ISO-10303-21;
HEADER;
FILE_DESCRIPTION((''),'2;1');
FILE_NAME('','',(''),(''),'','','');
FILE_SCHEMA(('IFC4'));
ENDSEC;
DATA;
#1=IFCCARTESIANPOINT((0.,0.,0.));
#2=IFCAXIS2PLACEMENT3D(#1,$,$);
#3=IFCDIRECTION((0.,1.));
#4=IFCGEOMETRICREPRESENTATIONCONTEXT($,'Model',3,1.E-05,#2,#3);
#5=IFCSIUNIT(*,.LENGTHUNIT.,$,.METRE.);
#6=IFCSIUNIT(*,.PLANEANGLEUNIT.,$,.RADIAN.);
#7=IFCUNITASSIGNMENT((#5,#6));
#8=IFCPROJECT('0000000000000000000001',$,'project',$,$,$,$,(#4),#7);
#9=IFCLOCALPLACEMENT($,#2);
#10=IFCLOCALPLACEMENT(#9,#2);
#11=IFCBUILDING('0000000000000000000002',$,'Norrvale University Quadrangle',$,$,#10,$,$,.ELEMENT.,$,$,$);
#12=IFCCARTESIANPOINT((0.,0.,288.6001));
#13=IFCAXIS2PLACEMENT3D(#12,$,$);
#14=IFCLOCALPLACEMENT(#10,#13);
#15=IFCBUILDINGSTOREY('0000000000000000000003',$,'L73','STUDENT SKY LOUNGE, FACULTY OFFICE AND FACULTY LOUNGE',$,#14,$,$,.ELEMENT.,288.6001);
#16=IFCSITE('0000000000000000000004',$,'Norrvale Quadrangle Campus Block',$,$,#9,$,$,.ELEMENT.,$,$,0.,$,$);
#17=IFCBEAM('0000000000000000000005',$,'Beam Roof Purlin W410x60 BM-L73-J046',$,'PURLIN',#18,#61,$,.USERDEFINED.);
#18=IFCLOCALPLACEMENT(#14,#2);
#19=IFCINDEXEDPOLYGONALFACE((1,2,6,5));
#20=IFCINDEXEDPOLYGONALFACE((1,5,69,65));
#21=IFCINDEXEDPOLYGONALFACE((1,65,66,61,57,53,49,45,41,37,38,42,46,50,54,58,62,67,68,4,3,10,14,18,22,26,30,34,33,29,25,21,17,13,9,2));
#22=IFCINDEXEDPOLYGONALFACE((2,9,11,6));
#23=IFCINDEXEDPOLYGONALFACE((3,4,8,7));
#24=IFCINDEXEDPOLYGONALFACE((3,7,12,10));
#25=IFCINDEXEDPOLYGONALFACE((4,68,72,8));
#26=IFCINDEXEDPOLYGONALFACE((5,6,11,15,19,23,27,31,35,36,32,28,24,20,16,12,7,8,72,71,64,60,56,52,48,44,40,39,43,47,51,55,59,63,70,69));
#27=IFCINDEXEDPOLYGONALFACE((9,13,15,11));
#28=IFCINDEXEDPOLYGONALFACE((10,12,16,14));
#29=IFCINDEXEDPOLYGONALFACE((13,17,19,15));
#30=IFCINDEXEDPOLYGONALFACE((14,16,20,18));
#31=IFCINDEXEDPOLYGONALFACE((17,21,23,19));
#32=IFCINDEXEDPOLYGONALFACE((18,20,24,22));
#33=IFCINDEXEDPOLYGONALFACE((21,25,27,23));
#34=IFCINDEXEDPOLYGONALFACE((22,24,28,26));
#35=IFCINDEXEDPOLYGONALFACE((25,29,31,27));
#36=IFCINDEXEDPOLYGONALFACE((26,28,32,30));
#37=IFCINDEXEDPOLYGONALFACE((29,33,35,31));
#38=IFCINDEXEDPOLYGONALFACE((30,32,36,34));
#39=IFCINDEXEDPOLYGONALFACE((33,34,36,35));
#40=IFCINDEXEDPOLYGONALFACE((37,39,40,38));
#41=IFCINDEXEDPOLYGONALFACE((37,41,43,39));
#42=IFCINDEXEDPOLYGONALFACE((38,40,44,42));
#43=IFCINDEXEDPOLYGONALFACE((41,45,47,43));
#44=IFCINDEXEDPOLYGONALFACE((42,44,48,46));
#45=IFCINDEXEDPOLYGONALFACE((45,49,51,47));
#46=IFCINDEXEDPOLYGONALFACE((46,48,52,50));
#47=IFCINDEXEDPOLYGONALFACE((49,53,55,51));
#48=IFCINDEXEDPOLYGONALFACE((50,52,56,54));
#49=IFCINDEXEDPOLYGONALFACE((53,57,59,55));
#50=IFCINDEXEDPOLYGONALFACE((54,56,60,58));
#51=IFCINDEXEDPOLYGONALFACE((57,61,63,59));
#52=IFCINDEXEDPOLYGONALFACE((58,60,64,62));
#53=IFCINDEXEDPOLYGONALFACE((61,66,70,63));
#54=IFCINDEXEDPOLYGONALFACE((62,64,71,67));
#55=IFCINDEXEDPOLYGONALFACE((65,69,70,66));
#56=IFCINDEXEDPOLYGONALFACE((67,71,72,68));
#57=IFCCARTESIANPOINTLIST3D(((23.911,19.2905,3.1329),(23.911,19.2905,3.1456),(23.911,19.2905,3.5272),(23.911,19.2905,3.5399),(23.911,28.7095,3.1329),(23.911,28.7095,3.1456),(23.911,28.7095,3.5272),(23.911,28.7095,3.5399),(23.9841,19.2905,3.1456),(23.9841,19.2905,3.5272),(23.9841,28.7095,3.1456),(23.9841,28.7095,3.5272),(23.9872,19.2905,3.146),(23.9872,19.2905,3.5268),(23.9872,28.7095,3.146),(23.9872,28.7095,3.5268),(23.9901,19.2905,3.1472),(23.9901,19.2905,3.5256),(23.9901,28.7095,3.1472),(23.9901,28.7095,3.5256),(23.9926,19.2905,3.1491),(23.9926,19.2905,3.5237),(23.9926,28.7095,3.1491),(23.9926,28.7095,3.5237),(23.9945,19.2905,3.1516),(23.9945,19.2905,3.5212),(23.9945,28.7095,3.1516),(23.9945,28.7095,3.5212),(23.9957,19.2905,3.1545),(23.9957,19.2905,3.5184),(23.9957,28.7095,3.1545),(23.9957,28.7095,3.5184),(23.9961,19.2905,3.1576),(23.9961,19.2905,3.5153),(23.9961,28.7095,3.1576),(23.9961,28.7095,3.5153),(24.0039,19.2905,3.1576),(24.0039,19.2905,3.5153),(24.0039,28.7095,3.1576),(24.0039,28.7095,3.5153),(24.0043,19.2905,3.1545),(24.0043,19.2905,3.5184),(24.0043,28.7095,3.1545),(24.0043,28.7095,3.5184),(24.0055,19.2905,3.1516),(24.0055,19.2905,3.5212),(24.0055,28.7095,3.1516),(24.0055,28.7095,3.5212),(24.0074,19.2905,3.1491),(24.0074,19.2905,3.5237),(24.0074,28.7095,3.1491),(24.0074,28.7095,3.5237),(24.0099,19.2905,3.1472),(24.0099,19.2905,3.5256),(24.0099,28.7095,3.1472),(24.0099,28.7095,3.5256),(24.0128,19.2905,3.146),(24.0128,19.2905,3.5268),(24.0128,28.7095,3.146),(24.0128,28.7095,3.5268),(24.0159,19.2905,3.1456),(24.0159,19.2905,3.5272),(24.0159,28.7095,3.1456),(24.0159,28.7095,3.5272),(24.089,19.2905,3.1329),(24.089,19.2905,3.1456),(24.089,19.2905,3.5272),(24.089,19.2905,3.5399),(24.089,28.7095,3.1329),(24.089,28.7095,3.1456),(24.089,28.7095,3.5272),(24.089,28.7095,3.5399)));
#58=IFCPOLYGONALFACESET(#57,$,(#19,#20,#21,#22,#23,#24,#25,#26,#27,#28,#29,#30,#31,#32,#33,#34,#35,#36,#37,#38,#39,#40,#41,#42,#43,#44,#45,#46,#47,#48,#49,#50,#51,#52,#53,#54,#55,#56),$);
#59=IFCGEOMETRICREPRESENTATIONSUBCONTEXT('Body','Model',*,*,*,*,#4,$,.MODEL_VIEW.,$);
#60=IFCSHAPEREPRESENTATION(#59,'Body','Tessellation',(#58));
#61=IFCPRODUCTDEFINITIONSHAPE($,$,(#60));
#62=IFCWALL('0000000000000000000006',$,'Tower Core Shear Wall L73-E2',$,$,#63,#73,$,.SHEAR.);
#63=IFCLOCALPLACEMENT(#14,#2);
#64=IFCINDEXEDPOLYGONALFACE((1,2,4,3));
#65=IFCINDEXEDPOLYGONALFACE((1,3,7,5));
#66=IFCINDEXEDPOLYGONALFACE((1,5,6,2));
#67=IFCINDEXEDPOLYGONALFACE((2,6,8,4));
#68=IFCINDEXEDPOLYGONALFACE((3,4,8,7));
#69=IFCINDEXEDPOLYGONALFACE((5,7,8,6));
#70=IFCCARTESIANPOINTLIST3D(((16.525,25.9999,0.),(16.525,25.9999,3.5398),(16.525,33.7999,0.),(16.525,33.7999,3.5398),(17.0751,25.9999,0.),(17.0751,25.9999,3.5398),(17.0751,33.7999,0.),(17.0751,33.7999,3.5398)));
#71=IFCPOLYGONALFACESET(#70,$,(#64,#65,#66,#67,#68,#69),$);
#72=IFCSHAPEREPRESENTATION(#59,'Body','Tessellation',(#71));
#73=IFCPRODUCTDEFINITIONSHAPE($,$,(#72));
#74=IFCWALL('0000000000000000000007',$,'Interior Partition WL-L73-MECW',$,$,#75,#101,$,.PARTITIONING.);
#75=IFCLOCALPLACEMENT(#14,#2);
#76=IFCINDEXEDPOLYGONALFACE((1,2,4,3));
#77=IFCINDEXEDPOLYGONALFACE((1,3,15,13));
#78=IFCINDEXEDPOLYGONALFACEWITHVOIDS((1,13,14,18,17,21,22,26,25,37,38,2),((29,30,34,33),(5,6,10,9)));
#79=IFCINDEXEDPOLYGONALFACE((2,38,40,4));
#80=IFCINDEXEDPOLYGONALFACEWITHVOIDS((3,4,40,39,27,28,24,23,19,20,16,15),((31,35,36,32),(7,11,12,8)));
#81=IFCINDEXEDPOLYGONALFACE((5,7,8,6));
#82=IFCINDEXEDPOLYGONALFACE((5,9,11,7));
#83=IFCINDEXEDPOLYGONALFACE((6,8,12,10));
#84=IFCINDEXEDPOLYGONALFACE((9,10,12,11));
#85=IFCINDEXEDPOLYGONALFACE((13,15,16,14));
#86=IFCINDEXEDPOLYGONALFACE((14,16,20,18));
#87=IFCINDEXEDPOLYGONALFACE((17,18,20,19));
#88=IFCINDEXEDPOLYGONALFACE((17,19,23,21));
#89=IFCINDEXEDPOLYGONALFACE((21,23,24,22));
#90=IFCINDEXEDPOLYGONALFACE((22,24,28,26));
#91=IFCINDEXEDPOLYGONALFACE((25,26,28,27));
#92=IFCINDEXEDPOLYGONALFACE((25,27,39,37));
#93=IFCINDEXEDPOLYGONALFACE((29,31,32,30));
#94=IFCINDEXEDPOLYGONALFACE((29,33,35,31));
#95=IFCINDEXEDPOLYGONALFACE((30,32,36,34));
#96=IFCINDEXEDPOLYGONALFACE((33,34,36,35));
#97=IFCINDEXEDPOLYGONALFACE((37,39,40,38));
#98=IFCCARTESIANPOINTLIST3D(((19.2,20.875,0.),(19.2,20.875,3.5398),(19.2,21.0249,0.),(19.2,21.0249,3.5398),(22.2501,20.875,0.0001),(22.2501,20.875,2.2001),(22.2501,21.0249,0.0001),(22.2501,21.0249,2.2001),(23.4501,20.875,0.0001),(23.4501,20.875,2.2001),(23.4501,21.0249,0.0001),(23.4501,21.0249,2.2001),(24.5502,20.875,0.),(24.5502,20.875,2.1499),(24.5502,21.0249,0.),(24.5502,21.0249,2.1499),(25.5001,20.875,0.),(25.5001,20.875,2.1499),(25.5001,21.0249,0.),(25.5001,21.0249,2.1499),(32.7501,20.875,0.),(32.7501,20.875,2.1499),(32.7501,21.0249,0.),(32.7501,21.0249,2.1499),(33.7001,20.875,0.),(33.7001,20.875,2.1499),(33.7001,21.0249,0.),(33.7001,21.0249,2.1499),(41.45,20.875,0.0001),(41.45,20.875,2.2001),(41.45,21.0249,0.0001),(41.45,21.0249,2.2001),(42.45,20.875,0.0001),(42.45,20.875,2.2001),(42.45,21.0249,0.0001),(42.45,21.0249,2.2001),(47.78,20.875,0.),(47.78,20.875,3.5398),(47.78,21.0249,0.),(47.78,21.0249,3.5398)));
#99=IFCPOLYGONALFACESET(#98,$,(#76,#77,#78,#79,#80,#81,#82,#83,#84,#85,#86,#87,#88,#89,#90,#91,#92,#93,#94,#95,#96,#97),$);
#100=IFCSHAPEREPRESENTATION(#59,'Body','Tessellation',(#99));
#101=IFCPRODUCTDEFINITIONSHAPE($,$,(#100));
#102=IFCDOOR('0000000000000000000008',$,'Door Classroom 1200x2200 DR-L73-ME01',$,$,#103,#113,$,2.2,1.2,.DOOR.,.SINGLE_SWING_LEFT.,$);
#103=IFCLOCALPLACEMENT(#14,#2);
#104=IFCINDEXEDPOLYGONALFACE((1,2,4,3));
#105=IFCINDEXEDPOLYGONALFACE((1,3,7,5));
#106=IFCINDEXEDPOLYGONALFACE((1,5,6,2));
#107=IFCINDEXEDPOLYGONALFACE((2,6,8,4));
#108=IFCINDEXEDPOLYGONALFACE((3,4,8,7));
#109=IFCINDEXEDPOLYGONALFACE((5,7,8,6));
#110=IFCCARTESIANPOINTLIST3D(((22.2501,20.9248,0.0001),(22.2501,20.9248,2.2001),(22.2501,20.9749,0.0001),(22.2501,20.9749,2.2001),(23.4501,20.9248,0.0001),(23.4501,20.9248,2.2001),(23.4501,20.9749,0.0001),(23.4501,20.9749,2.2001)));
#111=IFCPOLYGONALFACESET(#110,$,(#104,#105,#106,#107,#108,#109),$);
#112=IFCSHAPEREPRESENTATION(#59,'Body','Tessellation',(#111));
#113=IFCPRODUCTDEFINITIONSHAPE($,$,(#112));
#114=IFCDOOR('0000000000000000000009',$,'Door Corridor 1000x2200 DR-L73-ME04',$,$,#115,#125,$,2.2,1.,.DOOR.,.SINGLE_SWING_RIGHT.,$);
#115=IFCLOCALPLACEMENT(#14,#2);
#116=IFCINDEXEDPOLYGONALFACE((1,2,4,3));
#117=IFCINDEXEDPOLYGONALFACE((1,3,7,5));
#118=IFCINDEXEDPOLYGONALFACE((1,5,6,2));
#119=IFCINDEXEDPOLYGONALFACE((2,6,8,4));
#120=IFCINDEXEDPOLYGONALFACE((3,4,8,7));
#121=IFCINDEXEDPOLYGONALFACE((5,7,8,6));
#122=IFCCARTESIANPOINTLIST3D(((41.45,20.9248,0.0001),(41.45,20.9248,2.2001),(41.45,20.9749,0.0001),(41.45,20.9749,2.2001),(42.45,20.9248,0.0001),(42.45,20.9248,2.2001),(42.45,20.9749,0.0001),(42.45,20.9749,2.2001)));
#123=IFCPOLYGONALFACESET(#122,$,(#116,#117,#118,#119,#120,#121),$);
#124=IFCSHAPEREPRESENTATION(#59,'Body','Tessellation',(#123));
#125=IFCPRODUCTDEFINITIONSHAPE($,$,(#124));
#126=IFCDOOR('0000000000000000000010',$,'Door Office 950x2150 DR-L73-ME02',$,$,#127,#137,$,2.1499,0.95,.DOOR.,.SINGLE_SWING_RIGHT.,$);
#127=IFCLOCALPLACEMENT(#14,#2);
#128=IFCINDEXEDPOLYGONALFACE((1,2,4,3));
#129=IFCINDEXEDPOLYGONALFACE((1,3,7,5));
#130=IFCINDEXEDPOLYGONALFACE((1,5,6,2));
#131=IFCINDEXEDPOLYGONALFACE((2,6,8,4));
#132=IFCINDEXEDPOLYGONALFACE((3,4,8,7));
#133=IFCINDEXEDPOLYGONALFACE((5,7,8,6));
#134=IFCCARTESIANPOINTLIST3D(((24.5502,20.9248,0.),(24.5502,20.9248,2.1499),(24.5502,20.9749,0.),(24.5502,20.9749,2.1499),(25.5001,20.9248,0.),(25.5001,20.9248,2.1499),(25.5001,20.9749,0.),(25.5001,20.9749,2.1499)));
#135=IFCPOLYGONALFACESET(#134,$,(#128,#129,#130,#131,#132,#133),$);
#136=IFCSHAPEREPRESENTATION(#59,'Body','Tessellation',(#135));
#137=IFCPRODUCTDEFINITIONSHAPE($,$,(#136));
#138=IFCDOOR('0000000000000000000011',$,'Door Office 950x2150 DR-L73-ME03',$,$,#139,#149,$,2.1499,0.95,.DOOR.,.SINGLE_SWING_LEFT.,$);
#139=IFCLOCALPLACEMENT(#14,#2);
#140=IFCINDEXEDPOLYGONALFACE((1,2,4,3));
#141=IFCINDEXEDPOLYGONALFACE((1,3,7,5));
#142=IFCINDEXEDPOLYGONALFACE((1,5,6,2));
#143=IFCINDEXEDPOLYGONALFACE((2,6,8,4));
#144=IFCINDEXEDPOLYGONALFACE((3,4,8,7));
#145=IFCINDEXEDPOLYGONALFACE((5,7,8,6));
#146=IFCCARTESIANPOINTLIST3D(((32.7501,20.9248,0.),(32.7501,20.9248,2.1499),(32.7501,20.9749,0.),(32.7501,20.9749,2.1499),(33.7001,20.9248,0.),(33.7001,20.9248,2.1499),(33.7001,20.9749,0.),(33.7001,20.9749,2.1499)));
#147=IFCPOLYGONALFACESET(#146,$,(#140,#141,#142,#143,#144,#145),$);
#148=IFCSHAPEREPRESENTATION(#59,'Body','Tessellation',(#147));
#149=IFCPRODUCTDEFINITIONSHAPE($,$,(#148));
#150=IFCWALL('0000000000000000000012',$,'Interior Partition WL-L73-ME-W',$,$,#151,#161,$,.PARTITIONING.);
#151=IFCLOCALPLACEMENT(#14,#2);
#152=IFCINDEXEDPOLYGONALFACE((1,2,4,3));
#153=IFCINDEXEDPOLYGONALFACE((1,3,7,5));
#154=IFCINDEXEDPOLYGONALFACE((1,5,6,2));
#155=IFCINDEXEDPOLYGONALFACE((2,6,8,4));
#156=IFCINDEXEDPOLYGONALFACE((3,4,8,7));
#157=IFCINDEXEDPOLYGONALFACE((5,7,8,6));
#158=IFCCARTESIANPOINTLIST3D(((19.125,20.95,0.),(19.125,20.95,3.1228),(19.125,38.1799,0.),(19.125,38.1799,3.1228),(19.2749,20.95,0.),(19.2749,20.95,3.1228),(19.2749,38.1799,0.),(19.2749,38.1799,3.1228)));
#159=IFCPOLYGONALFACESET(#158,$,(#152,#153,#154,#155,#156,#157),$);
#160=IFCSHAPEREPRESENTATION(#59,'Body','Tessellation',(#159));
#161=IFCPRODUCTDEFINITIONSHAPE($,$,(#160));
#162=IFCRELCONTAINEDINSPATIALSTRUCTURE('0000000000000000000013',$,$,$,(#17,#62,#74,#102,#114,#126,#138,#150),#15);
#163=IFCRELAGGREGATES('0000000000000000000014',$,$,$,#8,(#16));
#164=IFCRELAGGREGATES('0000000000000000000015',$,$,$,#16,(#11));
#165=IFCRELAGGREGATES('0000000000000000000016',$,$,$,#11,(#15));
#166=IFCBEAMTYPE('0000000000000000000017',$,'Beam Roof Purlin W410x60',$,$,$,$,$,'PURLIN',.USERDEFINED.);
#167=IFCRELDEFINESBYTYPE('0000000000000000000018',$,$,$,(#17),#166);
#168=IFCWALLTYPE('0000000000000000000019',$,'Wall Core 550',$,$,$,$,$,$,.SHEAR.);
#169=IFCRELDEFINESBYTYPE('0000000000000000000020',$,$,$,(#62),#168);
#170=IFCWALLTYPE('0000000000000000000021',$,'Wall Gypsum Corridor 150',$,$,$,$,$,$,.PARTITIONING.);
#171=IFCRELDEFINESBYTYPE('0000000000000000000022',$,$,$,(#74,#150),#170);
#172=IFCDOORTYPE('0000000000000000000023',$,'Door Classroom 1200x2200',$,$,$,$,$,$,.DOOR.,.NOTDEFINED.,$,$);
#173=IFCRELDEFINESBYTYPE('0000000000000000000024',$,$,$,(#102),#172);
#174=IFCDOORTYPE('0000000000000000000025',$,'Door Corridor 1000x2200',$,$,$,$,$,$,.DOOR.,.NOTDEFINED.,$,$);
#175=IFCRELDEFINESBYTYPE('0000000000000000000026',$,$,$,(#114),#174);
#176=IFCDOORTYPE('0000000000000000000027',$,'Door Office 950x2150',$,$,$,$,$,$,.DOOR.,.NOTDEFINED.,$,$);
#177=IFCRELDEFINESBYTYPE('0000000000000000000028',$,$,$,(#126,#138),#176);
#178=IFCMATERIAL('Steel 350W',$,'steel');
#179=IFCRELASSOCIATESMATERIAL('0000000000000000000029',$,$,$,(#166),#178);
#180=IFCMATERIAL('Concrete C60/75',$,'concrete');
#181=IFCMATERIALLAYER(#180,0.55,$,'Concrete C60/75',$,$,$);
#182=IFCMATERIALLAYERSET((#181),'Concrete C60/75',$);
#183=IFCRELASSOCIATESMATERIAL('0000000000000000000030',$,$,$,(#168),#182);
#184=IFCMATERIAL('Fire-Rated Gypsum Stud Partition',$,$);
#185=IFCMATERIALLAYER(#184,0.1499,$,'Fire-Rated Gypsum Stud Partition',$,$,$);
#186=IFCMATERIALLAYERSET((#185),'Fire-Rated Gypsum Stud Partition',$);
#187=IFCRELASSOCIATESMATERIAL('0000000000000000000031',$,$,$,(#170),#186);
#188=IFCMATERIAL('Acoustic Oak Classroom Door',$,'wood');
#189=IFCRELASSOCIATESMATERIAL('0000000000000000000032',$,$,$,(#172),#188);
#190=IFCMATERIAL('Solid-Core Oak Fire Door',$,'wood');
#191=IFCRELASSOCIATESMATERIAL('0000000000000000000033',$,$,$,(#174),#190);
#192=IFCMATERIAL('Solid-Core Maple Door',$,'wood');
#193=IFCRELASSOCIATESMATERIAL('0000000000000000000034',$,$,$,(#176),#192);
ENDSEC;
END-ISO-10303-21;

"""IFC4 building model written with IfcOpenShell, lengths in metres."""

from ifc_helpers import new_model, si_unit, direction, frame, frame_2d, origin, origin_2d, place, context, subcontext, project, spatial, rectangle, i_section, extrude, material, layer, layer_set, material_profile, profile_set, type_object, element, fill, save


model = new_model("IFC4")

# Units and contexts
model_context = context("Model", 3, precision=1e-05, world=origin(), true_north=direction((0.0, 1.0)))
body_context = subcontext(model_context, "Body", "Model", "MODEL_VIEW")
ifc_project = project(units=[si_unit("LENGTHUNIT", "METRE"), si_unit("PLANEANGLEUNIT", "RADIAN")], contexts=[model_context])

# Site, building, storey
site_placement = place(None, origin())
site = spatial("IfcSite", under=ifc_project, at=site_placement, Name="Norrvale Quadrangle Campus Block", CompositionType="ELEMENT", RefElevation=0.0)
building_placement = place(site_placement, origin())
building = spatial("IfcBuilding", under=site, at=building_placement, Name="Norrvale University Quadrangle", CompositionType="ELEMENT")
storey_placement = place(building_placement, frame((0.0, 0.0, 288.6001)))
storey = spatial("IfcBuildingStorey", under=building, at=storey_placement, Name="L73", Description="STUDENT SKY LOUNGE, FACULTY OFFICE AND FACULTY LOUNGE", CompositionType="ELEMENT", Elevation=288.6001)

# Shared definitions
ifc_material_1 = material(Name="Concrete C60/75", Category="concrete")

# Beam
ifc_material_2 = material(Name="Steel 350W", Category="steel")
ifc_material_profile_1 = material_profile(ifc_material_2, i_section(OverallWidth=0.178, OverallDepth=0.407, WebThickness=0.0078, FlangeThickness=0.0127, FilletRadius=0.012, at=origin_2d()), Name="Steel 350W")
ifc_profile_set_1 = profile_set([ifc_material_profile_1], Name="Steel 350W")
beam_type_1 = type_object("IfcBeamType", Name="Beam Roof Purlin W410x60", ElementType="PURLIN", PredefinedType="USERDEFINED", material=ifc_profile_set_1)
beam_1_placement = place(storey_placement, frame((24.0, 19.2905, 3.3364), z_axis=(0.0, 1.0, 0.0), x_axis=(-1.0, 0.0, 0.0)))
element("IfcBeam", 1, at=beam_1_placement, inside=storey, type_object=beam_type_1, Name="Beam Roof Purlin W410x60 BM-L73-J046", ObjectType="PURLIN", PredefinedType="USERDEFINED", context=body_context, shape_type="SweptSolid", body=[
    extrude(i_section(OverallWidth=0.178, OverallDepth=0.407, WebThickness=0.0078, FlangeThickness=0.0127, FilletRadius=0.012, at=origin_2d()), origin(), (0.0, 0.0, 1.0), 9.4189),
])

# Wall
ifc_layer_1 = layer(ifc_material_1, 0.55, Name="Concrete C60/75")
ifc_layer_set_1 = layer_set([ifc_layer_1], Name="Concrete C60/75")
wall_type_1 = type_object("IfcWallType", Name="Wall Core 550", PredefinedType="SHEAR", material=ifc_layer_set_1)
wall_1_placement = place(storey_placement, frame((16.8, 26.0, 0.0), z_axis=(0.0, 0.0, 1.0), x_axis=(0.0, 1.0, 0.0)))
element("IfcWall", 2, at=wall_1_placement, inside=storey, type_object=wall_type_1, Name="Tower Core Shear Wall L73-E2", PredefinedType="SHEAR", context=body_context, shape_type="SweptSolid", body=[
    extrude(rectangle(XDim=7.8, YDim=0.55, at=frame_2d((3.8999, 0.0))), origin(), (0.0, 0.0, 1.0), 3.5398),
])

# Wall, openings, doors
ifc_material_3 = material(Name="Fire-Rated Gypsum Stud Partition")
ifc_layer_2 = layer(ifc_material_3, 0.1499, Name="Fire-Rated Gypsum Stud Partition")
ifc_layer_set_2 = layer_set([ifc_layer_2], Name="Fire-Rated Gypsum Stud Partition")
wall_type_2 = type_object("IfcWallType", Name="Wall Gypsum Corridor 150", PredefinedType="PARTITIONING", material=ifc_layer_set_2)
wall_2_placement = place(storey_placement, frame((19.2, 20.95, 0.0), z_axis=(0.0, 0.0, 1.0), x_axis=(1.0, 0.0, 0.0)))
wall_2 = element("IfcWall", 3, at=wall_2_placement, inside=storey, type_object=wall_type_2, Name="Interior Partition WL-L73-MECW", PredefinedType="PARTITIONING", context=body_context, shape_type="SweptSolid", body=[
    extrude(rectangle(XDim=28.5801, YDim=0.1499, at=frame_2d((14.29, 0.0))), origin(), (0.0, 0.0, 1.0), 3.5398),
])
opening_1_placement = place(wall_2_placement, frame((3.05, 0.0, 0.0)))
opening_1 = element("IfcOpeningElement", 4, at=opening_1_placement, cuts=wall_2, PredefinedType="OPENING", context=body_context, shape_type="SweptSolid", body=[
    extrude(rectangle(XDim=1.2, YDim=2.2, at=frame_2d((0.6001, 1.1001))), frame((0.0, 0.0869, 0.0), z_axis=(0.0, -1.0, 0.0), x_axis=(1.0, 0.0, 0.0)), (0.0, 0.0, 1.0), 0.1738),
])
opening_2_placement = place(wall_2_placement, frame((5.3501, 0.0, 0.0)))
opening_2 = element("IfcOpeningElement", 5, at=opening_2_placement, cuts=wall_2, PredefinedType="OPENING", context=body_context, shape_type="SweptSolid", body=[
    extrude(rectangle(XDim=0.95, YDim=2.1499, at=frame_2d((0.4751, 1.075))), frame((0.0, 0.0869, 0.0), z_axis=(0.0, -1.0, 0.0), x_axis=(1.0, 0.0, 0.0)), (0.0, 0.0, 1.0), 0.1738),
])
opening_3_placement = place(wall_2_placement, frame((13.55, 0.0, 0.0)))
opening_3 = element("IfcOpeningElement", 6, at=opening_3_placement, cuts=wall_2, PredefinedType="OPENING", context=body_context, shape_type="SweptSolid", body=[
    extrude(rectangle(XDim=0.95, YDim=2.1499, at=frame_2d((0.4751, 1.075))), frame((0.0, 0.0869, 0.0), z_axis=(0.0, -1.0, 0.0), x_axis=(1.0, 0.0, 0.0)), (0.0, 0.0, 1.0), 0.1738),
])
opening_4_placement = place(wall_2_placement, frame((22.25, 0.0, 0.0)))
opening_4 = element("IfcOpeningElement", 7, at=opening_4_placement, cuts=wall_2, PredefinedType="OPENING", context=body_context, shape_type="SweptSolid", body=[
    extrude(rectangle(XDim=1.0, YDim=2.2, at=frame_2d((0.5, 1.1001))), frame((0.0, 0.0869, 0.0), z_axis=(0.0, -1.0, 0.0), x_axis=(1.0, 0.0, 0.0)), (0.0, 0.0, 1.0), 0.1738),
])
ifc_material_4 = material(Name="Acoustic Oak Classroom Door", Category="wood")
door_type_1 = type_object("IfcDoorType", Name="Door Classroom 1200x2200", OperationType="NOTDEFINED", PredefinedType="DOOR", material=ifc_material_4)
door_1_placement = place(opening_1_placement, origin())
door_1 = element("IfcDoor", 8, at=door_1_placement, inside=storey, type_object=door_type_1, Name="Door Classroom 1200x2200 DR-L73-ME01", OperationType="SINGLE_SWING_LEFT", OverallHeight=2.2, OverallWidth=1.2, PredefinedType="DOOR", context=body_context, shape_type="SweptSolid", body=[
    extrude(rectangle(XDim=1.2, YDim=2.2, at=frame_2d((0.6001, 1.1001))), frame((0.0, 0.0249, 0.0), z_axis=(0.0, -1.0, 0.0), x_axis=(1.0, 0.0, 0.0)), (0.0, 0.0, 1.0), 0.05),
])
fill(opening_1, door_1)
ifc_material_5 = material(Name="Solid-Core Oak Fire Door", Category="wood")
door_type_2 = type_object("IfcDoorType", Name="Door Corridor 1000x2200", OperationType="NOTDEFINED", PredefinedType="DOOR", material=ifc_material_5)
door_2_placement = place(opening_4_placement, origin())
door_2 = element("IfcDoor", 9, at=door_2_placement, inside=storey, type_object=door_type_2, Name="Door Corridor 1000x2200 DR-L73-ME04", OperationType="SINGLE_SWING_RIGHT", OverallHeight=2.2, OverallWidth=1.0, PredefinedType="DOOR", context=body_context, shape_type="SweptSolid", body=[
    extrude(rectangle(XDim=1.0, YDim=2.2, at=frame_2d((0.5, 1.1001))), frame((0.0, 0.0249, 0.0), z_axis=(0.0, -1.0, 0.0), x_axis=(1.0, 0.0, 0.0)), (0.0, 0.0, 1.0), 0.05),
])
fill(opening_4, door_2)
ifc_material_6 = material(Name="Solid-Core Maple Door", Category="wood")
door_type_3 = type_object("IfcDoorType", Name="Door Office 950x2150", OperationType="NOTDEFINED", PredefinedType="DOOR", material=ifc_material_6)
door_3_placement = place(opening_2_placement, origin())
door_3 = element("IfcDoor", 10, at=door_3_placement, inside=storey, type_object=door_type_3, Name="Door Office 950x2150 DR-L73-ME02", OperationType="SINGLE_SWING_RIGHT", OverallHeight=2.1499, OverallWidth=0.95, PredefinedType="DOOR", context=body_context, shape_type="SweptSolid", body=[
    extrude(rectangle(XDim=0.95, YDim=2.1499, at=frame_2d((0.4751, 1.075))), frame((0.0, 0.0249, 0.0), z_axis=(0.0, -1.0, 0.0), x_axis=(1.0, 0.0, 0.0)), (0.0, 0.0, 1.0), 0.05),
])
fill(opening_2, door_3)
door_4_placement = place(opening_3_placement, origin())
door_4 = element("IfcDoor", 11, at=door_4_placement, inside=storey, type_object=door_type_3, Name="Door Office 950x2150 DR-L73-ME03", OperationType="SINGLE_SWING_LEFT", OverallHeight=2.1499, OverallWidth=0.95, PredefinedType="DOOR", context=body_context, shape_type="SweptSolid", body=[
    extrude(rectangle(XDim=0.95, YDim=2.1499, at=frame_2d((0.4751, 1.075))), frame((0.0, 0.0249, 0.0), z_axis=(0.0, -1.0, 0.0), x_axis=(1.0, 0.0, 0.0)), (0.0, 0.0, 1.0), 0.05),
])
fill(opening_3, door_4)

# Wall
wall_3_placement = place(storey_placement, frame((19.2, 20.95, 0.0), z_axis=(0.0, 0.0, 1.0), x_axis=(0.0, 1.0, 0.0)))
element("IfcWall", 12, at=wall_3_placement, inside=storey, type_object=wall_type_2, Name="Interior Partition WL-L73-ME-W", PredefinedType="PARTITIONING", context=body_context, shape_type="SweptSolid", body=[
    extrude(rectangle(XDim=17.23, YDim=0.1499, at=frame_2d((8.615, 0.0))), origin(), (0.0, 0.0, 1.0), 3.1228),
])

save(model, "model.ifc")
